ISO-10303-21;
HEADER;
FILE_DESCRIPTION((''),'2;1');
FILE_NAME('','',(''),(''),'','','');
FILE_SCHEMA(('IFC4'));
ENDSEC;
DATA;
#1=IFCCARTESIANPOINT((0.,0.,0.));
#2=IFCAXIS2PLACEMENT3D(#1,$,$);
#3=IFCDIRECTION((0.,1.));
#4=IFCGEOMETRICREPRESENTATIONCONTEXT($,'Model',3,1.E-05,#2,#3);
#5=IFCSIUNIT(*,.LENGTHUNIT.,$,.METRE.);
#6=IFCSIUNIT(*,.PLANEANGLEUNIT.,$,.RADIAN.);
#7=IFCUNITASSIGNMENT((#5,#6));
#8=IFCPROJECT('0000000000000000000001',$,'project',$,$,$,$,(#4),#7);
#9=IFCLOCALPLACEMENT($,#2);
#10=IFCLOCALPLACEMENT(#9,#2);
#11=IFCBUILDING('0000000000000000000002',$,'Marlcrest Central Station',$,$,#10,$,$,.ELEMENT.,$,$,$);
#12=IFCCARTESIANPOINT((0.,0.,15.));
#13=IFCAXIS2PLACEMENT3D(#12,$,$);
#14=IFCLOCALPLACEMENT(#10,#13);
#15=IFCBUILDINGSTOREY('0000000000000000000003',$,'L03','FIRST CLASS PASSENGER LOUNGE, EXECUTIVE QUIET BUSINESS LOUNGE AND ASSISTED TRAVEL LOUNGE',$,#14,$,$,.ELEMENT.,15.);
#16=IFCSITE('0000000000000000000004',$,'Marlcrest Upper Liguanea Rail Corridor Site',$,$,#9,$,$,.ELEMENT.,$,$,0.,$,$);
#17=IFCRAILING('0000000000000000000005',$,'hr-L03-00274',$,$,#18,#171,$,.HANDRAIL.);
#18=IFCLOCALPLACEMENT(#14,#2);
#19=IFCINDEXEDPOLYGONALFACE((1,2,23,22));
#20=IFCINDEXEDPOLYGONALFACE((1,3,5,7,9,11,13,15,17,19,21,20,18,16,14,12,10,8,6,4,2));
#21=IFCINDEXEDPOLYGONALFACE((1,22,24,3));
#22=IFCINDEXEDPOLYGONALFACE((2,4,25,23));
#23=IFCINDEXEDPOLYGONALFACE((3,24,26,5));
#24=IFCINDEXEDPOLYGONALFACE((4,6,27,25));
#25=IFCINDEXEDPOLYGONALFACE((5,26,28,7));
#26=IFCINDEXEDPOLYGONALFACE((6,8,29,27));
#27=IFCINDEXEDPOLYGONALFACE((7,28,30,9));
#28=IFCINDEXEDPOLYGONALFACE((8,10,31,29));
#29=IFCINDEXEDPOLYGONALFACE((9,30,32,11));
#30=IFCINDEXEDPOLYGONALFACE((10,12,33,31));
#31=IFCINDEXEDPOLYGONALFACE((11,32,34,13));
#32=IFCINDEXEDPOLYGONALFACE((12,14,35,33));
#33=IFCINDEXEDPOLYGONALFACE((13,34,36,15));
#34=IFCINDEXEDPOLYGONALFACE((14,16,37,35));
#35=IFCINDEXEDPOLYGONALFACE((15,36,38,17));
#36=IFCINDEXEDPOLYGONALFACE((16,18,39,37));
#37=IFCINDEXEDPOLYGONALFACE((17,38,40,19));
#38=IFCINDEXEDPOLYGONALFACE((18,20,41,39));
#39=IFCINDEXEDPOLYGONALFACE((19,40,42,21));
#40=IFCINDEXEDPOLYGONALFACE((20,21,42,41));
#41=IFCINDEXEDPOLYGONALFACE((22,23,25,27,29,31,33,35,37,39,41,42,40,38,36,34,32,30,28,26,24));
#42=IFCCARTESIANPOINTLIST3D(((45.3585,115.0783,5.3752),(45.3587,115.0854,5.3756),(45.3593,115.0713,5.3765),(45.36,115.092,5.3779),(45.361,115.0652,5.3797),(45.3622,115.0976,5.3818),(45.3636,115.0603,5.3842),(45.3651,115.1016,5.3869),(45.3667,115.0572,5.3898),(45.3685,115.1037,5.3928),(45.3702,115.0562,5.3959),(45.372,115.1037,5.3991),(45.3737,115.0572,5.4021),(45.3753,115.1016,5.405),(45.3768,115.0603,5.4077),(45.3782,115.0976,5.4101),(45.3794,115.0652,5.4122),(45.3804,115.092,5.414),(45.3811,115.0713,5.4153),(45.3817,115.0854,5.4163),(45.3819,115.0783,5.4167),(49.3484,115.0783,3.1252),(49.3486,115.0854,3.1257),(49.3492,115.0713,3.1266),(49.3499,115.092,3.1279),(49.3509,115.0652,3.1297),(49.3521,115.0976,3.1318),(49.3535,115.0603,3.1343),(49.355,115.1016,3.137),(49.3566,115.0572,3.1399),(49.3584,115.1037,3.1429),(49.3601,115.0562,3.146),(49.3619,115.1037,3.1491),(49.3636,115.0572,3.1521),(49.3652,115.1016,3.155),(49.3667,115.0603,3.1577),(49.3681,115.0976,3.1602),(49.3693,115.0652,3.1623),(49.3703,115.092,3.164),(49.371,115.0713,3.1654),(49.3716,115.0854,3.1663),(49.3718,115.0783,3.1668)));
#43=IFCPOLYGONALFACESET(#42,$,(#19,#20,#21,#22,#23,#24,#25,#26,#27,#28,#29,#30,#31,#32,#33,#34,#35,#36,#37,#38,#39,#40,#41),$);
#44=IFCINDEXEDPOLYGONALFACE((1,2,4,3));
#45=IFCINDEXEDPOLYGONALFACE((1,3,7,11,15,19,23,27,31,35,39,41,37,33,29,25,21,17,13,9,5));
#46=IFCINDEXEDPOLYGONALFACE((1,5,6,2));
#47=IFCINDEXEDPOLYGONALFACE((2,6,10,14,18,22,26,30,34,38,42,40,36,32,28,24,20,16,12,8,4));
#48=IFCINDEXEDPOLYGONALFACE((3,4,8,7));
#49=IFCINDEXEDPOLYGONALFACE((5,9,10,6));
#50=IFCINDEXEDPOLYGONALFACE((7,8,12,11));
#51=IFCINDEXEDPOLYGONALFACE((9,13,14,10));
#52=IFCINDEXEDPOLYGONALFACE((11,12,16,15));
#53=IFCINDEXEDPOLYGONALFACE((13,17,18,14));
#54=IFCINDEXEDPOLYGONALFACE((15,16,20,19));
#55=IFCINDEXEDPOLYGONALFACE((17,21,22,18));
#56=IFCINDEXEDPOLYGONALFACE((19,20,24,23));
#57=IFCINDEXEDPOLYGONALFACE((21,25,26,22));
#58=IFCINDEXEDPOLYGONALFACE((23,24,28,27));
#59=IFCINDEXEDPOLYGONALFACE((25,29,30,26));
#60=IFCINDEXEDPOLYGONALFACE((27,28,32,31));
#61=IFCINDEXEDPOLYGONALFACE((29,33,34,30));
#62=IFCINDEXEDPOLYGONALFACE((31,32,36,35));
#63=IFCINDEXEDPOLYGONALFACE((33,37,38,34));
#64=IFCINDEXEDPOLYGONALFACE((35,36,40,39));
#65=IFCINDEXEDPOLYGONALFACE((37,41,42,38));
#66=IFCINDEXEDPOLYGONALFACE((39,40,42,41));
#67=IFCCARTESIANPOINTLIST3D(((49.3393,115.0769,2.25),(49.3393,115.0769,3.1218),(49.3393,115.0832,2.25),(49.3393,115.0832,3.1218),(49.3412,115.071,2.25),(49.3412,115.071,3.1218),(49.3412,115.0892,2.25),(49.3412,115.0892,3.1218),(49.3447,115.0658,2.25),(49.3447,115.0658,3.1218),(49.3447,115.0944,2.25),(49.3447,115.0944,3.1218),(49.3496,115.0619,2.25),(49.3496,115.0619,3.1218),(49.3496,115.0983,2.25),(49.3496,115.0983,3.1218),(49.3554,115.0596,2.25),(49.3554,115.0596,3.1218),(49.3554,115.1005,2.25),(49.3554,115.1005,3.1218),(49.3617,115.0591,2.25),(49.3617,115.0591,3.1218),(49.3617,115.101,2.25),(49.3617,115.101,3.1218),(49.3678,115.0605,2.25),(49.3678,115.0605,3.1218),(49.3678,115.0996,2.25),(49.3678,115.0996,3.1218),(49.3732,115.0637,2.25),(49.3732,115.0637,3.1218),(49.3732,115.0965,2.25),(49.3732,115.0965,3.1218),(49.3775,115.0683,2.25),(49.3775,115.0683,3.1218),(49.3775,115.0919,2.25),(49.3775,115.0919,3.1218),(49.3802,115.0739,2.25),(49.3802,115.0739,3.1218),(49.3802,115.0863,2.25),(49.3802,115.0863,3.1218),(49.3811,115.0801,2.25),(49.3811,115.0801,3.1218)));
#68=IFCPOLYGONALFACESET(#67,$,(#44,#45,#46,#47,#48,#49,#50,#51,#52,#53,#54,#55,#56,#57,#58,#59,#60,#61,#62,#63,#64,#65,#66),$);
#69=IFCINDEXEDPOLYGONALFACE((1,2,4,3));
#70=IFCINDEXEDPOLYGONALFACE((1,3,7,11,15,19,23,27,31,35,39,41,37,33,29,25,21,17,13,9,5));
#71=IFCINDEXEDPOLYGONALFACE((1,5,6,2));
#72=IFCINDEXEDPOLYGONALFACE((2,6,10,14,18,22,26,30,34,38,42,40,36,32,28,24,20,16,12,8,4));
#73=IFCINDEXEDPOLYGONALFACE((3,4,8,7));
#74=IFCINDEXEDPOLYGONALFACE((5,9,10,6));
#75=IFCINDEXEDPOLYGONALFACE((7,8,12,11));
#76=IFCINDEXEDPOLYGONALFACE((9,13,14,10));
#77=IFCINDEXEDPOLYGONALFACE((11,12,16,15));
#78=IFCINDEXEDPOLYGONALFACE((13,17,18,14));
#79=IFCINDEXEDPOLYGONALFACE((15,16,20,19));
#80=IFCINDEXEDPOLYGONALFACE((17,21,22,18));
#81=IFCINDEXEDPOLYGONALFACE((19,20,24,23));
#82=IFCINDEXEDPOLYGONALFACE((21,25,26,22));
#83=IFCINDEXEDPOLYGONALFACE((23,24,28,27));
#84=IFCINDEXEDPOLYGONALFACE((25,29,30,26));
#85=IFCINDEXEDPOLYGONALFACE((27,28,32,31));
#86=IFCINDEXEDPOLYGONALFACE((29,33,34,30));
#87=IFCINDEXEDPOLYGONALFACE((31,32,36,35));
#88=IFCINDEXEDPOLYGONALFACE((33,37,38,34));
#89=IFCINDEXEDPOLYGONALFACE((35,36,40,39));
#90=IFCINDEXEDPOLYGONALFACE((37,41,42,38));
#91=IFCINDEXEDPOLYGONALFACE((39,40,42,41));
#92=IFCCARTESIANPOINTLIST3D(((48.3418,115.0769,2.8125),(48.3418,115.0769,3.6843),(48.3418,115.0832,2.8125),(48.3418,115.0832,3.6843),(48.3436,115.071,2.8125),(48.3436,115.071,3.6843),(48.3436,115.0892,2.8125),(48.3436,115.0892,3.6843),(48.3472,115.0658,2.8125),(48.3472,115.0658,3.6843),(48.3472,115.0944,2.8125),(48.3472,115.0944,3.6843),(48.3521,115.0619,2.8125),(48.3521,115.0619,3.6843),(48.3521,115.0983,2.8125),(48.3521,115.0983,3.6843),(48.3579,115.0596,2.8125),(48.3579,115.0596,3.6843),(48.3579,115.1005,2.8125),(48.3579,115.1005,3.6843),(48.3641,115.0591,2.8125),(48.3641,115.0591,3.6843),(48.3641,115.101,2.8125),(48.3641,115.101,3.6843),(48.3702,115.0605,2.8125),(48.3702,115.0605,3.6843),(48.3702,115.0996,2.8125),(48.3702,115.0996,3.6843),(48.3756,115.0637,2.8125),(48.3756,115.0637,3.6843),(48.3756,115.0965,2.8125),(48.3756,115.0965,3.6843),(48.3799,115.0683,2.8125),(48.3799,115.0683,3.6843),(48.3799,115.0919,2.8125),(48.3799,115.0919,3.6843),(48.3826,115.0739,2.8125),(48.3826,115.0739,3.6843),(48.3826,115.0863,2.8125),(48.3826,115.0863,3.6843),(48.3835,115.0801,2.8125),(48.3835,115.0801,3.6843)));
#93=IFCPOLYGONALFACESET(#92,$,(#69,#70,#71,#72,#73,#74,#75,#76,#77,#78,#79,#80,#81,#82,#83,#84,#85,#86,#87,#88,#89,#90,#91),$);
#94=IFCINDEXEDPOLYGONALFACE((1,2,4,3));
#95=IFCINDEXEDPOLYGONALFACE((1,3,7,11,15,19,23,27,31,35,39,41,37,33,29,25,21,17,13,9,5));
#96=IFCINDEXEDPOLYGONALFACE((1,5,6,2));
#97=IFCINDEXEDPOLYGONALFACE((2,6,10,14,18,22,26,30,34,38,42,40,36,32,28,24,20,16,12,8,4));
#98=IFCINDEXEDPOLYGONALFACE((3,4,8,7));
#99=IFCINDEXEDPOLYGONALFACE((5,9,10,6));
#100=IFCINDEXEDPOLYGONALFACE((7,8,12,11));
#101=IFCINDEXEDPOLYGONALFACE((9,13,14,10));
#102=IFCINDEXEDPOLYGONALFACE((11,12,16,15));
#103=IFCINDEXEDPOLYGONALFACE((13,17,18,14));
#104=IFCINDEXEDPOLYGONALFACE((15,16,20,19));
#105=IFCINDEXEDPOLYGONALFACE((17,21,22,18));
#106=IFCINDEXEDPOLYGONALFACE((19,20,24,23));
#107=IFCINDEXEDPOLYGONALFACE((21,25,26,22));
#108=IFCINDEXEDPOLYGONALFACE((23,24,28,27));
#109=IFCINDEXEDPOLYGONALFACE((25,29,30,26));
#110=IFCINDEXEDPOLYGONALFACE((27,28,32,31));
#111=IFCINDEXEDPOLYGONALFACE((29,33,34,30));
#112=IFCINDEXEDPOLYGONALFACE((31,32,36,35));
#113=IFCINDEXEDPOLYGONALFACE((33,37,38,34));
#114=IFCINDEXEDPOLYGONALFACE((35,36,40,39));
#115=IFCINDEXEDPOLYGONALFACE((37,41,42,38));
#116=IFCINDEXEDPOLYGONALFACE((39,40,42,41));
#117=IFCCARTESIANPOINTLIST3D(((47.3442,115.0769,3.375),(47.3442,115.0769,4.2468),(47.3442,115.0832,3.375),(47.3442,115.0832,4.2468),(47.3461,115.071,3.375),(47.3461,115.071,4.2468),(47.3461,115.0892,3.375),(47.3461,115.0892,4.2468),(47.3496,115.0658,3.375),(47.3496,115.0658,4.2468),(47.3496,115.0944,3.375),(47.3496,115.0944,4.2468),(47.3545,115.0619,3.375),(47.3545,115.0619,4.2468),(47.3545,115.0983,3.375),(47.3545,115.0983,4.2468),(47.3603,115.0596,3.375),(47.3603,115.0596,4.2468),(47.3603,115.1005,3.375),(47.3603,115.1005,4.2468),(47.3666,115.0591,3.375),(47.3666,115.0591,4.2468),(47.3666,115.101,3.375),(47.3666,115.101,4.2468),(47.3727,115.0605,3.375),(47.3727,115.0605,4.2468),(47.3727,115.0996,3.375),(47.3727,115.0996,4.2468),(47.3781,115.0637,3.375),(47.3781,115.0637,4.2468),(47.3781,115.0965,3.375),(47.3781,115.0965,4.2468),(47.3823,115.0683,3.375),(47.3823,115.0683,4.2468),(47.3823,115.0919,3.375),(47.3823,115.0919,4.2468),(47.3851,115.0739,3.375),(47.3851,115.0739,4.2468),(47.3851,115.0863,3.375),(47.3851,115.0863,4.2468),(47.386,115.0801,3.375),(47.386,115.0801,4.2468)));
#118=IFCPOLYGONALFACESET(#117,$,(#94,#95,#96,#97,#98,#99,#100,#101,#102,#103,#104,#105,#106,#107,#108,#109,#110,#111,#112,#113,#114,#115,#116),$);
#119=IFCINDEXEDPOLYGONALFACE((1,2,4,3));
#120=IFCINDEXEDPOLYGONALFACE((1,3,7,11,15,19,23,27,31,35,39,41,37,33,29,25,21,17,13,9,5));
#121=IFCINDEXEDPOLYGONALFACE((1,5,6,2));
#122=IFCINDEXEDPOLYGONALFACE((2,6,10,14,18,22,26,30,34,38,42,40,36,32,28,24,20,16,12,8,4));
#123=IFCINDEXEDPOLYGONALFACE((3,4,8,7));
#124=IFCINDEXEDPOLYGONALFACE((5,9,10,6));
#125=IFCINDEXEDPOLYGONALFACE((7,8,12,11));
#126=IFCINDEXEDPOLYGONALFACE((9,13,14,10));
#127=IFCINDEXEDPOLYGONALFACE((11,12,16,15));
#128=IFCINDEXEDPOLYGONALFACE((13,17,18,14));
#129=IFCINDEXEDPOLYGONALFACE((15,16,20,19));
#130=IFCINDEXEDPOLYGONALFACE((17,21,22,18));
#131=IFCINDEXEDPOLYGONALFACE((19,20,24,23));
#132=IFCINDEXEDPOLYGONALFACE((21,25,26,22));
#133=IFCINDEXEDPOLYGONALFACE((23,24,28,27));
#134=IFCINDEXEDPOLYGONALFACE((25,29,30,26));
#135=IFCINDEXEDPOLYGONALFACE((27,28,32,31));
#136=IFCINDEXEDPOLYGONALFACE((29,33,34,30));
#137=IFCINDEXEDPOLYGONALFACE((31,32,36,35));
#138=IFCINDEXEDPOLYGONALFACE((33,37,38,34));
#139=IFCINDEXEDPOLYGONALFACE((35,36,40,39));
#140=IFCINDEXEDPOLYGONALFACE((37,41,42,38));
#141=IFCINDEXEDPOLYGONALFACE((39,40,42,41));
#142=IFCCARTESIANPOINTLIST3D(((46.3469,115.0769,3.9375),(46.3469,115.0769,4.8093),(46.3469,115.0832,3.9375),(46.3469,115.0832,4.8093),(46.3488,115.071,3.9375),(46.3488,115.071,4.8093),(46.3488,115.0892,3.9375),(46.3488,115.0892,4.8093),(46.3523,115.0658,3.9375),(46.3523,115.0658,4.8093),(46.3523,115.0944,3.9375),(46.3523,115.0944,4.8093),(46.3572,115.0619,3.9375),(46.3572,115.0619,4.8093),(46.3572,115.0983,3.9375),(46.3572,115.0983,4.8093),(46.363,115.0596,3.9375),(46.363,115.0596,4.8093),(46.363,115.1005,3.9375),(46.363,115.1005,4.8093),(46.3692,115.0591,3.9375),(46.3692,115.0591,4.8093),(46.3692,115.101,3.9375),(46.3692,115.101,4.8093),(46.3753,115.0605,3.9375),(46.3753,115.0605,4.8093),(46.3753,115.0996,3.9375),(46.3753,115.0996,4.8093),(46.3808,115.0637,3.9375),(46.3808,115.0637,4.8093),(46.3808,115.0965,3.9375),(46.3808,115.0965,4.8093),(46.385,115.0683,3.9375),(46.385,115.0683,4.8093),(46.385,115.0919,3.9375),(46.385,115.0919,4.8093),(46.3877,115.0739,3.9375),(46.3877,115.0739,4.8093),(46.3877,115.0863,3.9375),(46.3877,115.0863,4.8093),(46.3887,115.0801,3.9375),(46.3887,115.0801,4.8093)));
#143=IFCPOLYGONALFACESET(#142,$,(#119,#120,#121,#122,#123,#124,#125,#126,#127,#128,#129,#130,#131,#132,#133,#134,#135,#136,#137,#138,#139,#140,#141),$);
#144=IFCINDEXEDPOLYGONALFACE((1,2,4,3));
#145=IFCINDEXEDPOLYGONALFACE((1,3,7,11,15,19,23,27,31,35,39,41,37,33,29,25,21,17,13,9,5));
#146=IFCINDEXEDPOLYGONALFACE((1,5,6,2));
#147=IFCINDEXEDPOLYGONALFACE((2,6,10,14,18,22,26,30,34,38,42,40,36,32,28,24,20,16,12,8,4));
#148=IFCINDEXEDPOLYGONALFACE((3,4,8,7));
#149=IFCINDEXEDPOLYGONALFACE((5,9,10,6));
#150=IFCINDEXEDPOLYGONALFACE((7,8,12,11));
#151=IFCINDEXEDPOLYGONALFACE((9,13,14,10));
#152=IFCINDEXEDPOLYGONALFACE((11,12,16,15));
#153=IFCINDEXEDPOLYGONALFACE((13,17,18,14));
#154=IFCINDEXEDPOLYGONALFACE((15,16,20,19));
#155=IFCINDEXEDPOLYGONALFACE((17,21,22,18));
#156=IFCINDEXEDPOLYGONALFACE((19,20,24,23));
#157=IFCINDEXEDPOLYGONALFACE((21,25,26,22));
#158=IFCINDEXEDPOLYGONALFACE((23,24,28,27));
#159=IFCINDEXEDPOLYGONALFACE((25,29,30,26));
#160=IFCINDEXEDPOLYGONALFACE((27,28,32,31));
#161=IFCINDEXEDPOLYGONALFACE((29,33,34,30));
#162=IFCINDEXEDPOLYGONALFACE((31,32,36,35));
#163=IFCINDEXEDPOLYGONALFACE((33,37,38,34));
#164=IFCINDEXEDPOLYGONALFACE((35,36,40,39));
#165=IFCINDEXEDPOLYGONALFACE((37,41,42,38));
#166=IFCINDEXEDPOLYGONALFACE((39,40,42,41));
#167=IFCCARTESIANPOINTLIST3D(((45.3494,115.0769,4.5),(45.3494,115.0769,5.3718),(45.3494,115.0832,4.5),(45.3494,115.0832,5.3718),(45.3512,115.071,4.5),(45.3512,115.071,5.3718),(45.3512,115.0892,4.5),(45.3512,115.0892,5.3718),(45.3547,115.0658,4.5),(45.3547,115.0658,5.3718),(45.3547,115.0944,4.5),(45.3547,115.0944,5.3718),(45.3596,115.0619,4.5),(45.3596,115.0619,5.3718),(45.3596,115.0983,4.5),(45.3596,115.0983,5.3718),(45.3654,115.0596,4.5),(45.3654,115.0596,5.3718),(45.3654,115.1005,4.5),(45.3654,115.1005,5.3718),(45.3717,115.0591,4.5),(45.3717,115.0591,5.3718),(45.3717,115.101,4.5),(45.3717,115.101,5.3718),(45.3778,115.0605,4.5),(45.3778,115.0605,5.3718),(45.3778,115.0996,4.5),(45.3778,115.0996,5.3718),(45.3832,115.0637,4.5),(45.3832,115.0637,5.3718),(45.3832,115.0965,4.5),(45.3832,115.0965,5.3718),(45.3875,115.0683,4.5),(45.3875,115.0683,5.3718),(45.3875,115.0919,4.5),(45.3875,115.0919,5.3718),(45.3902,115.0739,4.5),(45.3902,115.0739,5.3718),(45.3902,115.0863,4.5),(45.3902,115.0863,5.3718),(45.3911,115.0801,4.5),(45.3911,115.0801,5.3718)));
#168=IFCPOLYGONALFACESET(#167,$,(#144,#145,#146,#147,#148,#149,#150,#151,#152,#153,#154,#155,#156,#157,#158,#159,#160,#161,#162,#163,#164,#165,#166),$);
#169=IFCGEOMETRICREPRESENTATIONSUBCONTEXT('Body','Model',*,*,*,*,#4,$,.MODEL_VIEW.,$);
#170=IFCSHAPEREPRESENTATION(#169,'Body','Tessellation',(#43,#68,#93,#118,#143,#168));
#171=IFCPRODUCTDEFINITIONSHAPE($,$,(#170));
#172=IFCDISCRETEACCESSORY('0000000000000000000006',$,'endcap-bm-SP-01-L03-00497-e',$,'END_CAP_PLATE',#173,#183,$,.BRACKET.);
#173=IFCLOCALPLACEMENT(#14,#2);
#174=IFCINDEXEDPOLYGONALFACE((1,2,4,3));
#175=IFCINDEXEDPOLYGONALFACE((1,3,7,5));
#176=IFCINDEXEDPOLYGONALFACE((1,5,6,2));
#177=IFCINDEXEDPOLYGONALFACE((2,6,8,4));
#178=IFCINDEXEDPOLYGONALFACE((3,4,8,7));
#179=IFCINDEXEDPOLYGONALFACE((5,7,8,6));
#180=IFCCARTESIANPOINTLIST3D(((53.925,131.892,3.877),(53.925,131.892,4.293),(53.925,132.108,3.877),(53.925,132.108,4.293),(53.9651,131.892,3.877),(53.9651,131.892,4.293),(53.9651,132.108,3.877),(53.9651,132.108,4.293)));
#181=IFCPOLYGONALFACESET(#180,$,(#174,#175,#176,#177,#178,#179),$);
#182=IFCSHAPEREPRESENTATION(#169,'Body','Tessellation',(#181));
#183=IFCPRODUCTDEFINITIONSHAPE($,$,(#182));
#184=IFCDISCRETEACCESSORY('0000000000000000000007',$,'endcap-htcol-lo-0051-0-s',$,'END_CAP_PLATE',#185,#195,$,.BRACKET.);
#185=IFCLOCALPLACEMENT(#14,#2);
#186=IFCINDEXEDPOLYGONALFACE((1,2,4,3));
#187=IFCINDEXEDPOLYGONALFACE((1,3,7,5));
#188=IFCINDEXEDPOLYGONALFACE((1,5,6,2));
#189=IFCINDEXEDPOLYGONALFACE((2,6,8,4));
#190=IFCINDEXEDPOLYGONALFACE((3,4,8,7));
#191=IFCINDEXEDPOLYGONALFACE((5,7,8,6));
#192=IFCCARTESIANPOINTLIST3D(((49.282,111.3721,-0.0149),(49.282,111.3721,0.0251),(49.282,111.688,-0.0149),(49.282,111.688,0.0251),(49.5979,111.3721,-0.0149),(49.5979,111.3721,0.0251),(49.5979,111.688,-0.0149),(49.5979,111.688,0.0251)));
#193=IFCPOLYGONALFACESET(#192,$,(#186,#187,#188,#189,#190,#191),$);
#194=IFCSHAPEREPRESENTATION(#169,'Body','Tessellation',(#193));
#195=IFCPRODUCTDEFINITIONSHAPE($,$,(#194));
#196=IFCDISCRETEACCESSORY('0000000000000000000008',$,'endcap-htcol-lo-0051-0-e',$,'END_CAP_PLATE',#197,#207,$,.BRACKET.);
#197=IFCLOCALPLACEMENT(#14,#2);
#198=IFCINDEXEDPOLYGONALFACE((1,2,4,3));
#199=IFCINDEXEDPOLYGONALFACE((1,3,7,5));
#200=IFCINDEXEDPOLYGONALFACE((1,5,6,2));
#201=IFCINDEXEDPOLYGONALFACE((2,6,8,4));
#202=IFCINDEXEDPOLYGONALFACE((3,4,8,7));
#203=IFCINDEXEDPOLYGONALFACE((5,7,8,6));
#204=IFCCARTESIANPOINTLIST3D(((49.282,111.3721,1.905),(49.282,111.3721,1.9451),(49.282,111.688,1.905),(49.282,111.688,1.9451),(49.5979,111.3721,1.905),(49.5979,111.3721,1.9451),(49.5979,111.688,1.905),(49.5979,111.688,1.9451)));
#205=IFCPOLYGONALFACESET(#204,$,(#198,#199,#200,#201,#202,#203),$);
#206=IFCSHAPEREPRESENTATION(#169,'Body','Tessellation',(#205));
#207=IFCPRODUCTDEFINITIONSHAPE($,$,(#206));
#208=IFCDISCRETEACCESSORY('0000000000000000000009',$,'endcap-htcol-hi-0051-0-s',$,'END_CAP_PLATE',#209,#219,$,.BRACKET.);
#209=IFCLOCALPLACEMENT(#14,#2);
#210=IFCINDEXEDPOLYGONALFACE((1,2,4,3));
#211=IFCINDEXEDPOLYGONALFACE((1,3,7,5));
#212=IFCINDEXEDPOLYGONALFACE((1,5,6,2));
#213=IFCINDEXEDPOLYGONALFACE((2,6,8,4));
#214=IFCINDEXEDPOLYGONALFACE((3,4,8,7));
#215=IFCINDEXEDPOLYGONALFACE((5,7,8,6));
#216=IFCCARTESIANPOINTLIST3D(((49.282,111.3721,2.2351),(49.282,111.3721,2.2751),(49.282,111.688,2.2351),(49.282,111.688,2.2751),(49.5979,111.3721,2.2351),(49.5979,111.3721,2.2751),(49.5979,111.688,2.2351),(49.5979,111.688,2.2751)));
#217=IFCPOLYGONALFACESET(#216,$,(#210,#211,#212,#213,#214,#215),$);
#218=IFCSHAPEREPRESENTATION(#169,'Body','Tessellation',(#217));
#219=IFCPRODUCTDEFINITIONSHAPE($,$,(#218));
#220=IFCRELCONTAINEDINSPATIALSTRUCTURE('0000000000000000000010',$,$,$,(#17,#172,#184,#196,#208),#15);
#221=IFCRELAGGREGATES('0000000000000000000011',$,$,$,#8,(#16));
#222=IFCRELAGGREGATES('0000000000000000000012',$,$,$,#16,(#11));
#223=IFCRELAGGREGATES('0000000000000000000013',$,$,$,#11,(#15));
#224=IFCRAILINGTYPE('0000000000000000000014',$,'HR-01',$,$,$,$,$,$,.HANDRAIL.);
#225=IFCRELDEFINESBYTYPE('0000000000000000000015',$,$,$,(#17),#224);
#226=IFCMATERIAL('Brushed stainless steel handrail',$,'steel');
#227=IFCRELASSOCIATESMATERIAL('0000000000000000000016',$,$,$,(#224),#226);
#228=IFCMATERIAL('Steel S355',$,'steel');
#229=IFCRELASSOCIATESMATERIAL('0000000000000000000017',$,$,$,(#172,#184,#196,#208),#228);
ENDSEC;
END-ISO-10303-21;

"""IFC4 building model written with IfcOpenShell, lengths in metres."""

from ifc_helpers import new_model, si_unit, direction, frame, origin, origin_2d, place, context, subcontext, project, spatial, rectangle, circle, extrude, material, type_object, element, save


model = new_model("IFC4")

# Units and contexts
model_context = context("Model", 3, precision=1e-05, world=origin(), true_north=direction((0.0, 1.0)))
body_context = subcontext(model_context, "Body", "Model", "MODEL_VIEW")
ifc_project = project(units=[si_unit("LENGTHUNIT", "METRE"), si_unit("PLANEANGLEUNIT", "RADIAN")], contexts=[model_context])

# Site, building, storey
site_placement = place(None, origin())
site = spatial("IfcSite", under=ifc_project, at=site_placement, Name="Marlcrest Upper Liguanea Rail Corridor Site", CompositionType="ELEMENT", RefElevation=0.0)
building_placement = place(site_placement, origin())
building = spatial("IfcBuilding", under=site, at=building_placement, Name="Marlcrest Central Station", CompositionType="ELEMENT")
storey_placement = place(building_placement, frame((0.0, 0.0, 15.0)))
storey = spatial("IfcBuildingStorey", under=building, at=storey_placement, Name="L03", Description="FIRST CLASS PASSENGER LOUNGE, EXECUTIVE QUIET BUSINESS LOUNGE AND ASSISTED TRAVEL LOUNGE", CompositionType="ELEMENT", Elevation=15.0)

# Shared definitions
ifc_material_1 = material(Name="Steel S355", Category="steel")

# Railing
ifc_material_2 = material(Name="Brushed stainless steel handrail", Category="steel")
railing_type = type_object("IfcRailingType", Name="HR-01", PredefinedType="HANDRAIL", material=ifc_material_2)
for number, where, name in (
    (1, (49.3601, 115.0801, 2.25), "hr-L03-00274"),
):
    element("IfcRailing", number, at=place(storey_placement, frame(where)), inside=storey, type_object=railing_type, Name=name, PredefinedType="HANDRAIL", context=body_context, shape_type="SweptSolid", body=[
        extrude(circle(Radius=0.0239, at=origin_2d()), frame((0.0, 0.0, 0.896), z_axis=(-0.87105, 0.0, 0.491195), x_axis=(0.0, -1.0, 0.0)), (0.0, 0.0, 1.0), 4.5806),
        extrude(circle(Radius=0.021, at=origin_2d()), origin(), (0.0, 0.0, 1.0), 0.8718),
        extrude(circle(Radius=0.021, at=origin_2d()), frame((-0.9976, 0.0, 0.5625)), (0.0, 0.0, 1.0), 0.8718),
        extrude(circle(Radius=0.021, at=origin_2d()), frame((-1.9951, 0.0, 1.125)), (0.0, 0.0, 1.0), 0.8718),
        extrude(circle(Radius=0.021, at=origin_2d()), frame((-2.9924, 0.0, 1.6875)), (0.0, 0.0, 1.0), 0.8718),
        extrude(circle(Radius=0.021, at=origin_2d()), frame((-3.99, 0.0, 2.25)), (0.0, 0.0, 1.0), 0.8718),
    ])

# Discrete accessories
discrete_accessory_placement = place(storey_placement, frame((53.925, 132.0, 4.085), z_axis=(1.0, 0.0, 0.0), x_axis=(0.0, 1.0, 0.0)))
element("IfcDiscreteAccessory", 2, at=discrete_accessory_placement, inside=storey, material=ifc_material_1, Name="endcap-bm-SP-01-L03-00497-e", ObjectType="END_CAP_PLATE", PredefinedType="BRACKET", context=body_context, shape_type="SweptSolid", body=[
    extrude(rectangle(XDim=0.2161, YDim=0.416, at=origin_2d()), origin(), (0.0, 0.0, 1.0), 0.04),
])
for number, where, z_axis, x_axis, name in (
    (3, (49.4399, 111.53, -0.0149), (0.0, 0.0, 1.0), (1.0, 0.0, 0.0), "endcap-htcol-lo-0051-0-s"),
    (4, (49.4399, 111.53, 1.905), (0.0, 0.0, 1.0), (1.0, 0.0, 0.0), "endcap-htcol-lo-0051-0-e"),
    (5, (49.4399, 111.53, 2.2351), (0.0, 0.0, 1.0), (1.0, 0.0, 0.0), "endcap-htcol-hi-0051-0-s"),
):
    element("IfcDiscreteAccessory", number, at=place(storey_placement, frame(where, z_axis=z_axis, x_axis=x_axis)), inside=storey, material=ifc_material_1, Name=name, ObjectType="END_CAP_PLATE", PredefinedType="BRACKET", context=body_context, shape_type="SweptSolid", body=[
        extrude(rectangle(XDim=0.3159, YDim=0.3159, at=origin_2d()), origin(), (0.0, 0.0, 1.0), 0.04),
    ])

save(model, "model.ifc")
